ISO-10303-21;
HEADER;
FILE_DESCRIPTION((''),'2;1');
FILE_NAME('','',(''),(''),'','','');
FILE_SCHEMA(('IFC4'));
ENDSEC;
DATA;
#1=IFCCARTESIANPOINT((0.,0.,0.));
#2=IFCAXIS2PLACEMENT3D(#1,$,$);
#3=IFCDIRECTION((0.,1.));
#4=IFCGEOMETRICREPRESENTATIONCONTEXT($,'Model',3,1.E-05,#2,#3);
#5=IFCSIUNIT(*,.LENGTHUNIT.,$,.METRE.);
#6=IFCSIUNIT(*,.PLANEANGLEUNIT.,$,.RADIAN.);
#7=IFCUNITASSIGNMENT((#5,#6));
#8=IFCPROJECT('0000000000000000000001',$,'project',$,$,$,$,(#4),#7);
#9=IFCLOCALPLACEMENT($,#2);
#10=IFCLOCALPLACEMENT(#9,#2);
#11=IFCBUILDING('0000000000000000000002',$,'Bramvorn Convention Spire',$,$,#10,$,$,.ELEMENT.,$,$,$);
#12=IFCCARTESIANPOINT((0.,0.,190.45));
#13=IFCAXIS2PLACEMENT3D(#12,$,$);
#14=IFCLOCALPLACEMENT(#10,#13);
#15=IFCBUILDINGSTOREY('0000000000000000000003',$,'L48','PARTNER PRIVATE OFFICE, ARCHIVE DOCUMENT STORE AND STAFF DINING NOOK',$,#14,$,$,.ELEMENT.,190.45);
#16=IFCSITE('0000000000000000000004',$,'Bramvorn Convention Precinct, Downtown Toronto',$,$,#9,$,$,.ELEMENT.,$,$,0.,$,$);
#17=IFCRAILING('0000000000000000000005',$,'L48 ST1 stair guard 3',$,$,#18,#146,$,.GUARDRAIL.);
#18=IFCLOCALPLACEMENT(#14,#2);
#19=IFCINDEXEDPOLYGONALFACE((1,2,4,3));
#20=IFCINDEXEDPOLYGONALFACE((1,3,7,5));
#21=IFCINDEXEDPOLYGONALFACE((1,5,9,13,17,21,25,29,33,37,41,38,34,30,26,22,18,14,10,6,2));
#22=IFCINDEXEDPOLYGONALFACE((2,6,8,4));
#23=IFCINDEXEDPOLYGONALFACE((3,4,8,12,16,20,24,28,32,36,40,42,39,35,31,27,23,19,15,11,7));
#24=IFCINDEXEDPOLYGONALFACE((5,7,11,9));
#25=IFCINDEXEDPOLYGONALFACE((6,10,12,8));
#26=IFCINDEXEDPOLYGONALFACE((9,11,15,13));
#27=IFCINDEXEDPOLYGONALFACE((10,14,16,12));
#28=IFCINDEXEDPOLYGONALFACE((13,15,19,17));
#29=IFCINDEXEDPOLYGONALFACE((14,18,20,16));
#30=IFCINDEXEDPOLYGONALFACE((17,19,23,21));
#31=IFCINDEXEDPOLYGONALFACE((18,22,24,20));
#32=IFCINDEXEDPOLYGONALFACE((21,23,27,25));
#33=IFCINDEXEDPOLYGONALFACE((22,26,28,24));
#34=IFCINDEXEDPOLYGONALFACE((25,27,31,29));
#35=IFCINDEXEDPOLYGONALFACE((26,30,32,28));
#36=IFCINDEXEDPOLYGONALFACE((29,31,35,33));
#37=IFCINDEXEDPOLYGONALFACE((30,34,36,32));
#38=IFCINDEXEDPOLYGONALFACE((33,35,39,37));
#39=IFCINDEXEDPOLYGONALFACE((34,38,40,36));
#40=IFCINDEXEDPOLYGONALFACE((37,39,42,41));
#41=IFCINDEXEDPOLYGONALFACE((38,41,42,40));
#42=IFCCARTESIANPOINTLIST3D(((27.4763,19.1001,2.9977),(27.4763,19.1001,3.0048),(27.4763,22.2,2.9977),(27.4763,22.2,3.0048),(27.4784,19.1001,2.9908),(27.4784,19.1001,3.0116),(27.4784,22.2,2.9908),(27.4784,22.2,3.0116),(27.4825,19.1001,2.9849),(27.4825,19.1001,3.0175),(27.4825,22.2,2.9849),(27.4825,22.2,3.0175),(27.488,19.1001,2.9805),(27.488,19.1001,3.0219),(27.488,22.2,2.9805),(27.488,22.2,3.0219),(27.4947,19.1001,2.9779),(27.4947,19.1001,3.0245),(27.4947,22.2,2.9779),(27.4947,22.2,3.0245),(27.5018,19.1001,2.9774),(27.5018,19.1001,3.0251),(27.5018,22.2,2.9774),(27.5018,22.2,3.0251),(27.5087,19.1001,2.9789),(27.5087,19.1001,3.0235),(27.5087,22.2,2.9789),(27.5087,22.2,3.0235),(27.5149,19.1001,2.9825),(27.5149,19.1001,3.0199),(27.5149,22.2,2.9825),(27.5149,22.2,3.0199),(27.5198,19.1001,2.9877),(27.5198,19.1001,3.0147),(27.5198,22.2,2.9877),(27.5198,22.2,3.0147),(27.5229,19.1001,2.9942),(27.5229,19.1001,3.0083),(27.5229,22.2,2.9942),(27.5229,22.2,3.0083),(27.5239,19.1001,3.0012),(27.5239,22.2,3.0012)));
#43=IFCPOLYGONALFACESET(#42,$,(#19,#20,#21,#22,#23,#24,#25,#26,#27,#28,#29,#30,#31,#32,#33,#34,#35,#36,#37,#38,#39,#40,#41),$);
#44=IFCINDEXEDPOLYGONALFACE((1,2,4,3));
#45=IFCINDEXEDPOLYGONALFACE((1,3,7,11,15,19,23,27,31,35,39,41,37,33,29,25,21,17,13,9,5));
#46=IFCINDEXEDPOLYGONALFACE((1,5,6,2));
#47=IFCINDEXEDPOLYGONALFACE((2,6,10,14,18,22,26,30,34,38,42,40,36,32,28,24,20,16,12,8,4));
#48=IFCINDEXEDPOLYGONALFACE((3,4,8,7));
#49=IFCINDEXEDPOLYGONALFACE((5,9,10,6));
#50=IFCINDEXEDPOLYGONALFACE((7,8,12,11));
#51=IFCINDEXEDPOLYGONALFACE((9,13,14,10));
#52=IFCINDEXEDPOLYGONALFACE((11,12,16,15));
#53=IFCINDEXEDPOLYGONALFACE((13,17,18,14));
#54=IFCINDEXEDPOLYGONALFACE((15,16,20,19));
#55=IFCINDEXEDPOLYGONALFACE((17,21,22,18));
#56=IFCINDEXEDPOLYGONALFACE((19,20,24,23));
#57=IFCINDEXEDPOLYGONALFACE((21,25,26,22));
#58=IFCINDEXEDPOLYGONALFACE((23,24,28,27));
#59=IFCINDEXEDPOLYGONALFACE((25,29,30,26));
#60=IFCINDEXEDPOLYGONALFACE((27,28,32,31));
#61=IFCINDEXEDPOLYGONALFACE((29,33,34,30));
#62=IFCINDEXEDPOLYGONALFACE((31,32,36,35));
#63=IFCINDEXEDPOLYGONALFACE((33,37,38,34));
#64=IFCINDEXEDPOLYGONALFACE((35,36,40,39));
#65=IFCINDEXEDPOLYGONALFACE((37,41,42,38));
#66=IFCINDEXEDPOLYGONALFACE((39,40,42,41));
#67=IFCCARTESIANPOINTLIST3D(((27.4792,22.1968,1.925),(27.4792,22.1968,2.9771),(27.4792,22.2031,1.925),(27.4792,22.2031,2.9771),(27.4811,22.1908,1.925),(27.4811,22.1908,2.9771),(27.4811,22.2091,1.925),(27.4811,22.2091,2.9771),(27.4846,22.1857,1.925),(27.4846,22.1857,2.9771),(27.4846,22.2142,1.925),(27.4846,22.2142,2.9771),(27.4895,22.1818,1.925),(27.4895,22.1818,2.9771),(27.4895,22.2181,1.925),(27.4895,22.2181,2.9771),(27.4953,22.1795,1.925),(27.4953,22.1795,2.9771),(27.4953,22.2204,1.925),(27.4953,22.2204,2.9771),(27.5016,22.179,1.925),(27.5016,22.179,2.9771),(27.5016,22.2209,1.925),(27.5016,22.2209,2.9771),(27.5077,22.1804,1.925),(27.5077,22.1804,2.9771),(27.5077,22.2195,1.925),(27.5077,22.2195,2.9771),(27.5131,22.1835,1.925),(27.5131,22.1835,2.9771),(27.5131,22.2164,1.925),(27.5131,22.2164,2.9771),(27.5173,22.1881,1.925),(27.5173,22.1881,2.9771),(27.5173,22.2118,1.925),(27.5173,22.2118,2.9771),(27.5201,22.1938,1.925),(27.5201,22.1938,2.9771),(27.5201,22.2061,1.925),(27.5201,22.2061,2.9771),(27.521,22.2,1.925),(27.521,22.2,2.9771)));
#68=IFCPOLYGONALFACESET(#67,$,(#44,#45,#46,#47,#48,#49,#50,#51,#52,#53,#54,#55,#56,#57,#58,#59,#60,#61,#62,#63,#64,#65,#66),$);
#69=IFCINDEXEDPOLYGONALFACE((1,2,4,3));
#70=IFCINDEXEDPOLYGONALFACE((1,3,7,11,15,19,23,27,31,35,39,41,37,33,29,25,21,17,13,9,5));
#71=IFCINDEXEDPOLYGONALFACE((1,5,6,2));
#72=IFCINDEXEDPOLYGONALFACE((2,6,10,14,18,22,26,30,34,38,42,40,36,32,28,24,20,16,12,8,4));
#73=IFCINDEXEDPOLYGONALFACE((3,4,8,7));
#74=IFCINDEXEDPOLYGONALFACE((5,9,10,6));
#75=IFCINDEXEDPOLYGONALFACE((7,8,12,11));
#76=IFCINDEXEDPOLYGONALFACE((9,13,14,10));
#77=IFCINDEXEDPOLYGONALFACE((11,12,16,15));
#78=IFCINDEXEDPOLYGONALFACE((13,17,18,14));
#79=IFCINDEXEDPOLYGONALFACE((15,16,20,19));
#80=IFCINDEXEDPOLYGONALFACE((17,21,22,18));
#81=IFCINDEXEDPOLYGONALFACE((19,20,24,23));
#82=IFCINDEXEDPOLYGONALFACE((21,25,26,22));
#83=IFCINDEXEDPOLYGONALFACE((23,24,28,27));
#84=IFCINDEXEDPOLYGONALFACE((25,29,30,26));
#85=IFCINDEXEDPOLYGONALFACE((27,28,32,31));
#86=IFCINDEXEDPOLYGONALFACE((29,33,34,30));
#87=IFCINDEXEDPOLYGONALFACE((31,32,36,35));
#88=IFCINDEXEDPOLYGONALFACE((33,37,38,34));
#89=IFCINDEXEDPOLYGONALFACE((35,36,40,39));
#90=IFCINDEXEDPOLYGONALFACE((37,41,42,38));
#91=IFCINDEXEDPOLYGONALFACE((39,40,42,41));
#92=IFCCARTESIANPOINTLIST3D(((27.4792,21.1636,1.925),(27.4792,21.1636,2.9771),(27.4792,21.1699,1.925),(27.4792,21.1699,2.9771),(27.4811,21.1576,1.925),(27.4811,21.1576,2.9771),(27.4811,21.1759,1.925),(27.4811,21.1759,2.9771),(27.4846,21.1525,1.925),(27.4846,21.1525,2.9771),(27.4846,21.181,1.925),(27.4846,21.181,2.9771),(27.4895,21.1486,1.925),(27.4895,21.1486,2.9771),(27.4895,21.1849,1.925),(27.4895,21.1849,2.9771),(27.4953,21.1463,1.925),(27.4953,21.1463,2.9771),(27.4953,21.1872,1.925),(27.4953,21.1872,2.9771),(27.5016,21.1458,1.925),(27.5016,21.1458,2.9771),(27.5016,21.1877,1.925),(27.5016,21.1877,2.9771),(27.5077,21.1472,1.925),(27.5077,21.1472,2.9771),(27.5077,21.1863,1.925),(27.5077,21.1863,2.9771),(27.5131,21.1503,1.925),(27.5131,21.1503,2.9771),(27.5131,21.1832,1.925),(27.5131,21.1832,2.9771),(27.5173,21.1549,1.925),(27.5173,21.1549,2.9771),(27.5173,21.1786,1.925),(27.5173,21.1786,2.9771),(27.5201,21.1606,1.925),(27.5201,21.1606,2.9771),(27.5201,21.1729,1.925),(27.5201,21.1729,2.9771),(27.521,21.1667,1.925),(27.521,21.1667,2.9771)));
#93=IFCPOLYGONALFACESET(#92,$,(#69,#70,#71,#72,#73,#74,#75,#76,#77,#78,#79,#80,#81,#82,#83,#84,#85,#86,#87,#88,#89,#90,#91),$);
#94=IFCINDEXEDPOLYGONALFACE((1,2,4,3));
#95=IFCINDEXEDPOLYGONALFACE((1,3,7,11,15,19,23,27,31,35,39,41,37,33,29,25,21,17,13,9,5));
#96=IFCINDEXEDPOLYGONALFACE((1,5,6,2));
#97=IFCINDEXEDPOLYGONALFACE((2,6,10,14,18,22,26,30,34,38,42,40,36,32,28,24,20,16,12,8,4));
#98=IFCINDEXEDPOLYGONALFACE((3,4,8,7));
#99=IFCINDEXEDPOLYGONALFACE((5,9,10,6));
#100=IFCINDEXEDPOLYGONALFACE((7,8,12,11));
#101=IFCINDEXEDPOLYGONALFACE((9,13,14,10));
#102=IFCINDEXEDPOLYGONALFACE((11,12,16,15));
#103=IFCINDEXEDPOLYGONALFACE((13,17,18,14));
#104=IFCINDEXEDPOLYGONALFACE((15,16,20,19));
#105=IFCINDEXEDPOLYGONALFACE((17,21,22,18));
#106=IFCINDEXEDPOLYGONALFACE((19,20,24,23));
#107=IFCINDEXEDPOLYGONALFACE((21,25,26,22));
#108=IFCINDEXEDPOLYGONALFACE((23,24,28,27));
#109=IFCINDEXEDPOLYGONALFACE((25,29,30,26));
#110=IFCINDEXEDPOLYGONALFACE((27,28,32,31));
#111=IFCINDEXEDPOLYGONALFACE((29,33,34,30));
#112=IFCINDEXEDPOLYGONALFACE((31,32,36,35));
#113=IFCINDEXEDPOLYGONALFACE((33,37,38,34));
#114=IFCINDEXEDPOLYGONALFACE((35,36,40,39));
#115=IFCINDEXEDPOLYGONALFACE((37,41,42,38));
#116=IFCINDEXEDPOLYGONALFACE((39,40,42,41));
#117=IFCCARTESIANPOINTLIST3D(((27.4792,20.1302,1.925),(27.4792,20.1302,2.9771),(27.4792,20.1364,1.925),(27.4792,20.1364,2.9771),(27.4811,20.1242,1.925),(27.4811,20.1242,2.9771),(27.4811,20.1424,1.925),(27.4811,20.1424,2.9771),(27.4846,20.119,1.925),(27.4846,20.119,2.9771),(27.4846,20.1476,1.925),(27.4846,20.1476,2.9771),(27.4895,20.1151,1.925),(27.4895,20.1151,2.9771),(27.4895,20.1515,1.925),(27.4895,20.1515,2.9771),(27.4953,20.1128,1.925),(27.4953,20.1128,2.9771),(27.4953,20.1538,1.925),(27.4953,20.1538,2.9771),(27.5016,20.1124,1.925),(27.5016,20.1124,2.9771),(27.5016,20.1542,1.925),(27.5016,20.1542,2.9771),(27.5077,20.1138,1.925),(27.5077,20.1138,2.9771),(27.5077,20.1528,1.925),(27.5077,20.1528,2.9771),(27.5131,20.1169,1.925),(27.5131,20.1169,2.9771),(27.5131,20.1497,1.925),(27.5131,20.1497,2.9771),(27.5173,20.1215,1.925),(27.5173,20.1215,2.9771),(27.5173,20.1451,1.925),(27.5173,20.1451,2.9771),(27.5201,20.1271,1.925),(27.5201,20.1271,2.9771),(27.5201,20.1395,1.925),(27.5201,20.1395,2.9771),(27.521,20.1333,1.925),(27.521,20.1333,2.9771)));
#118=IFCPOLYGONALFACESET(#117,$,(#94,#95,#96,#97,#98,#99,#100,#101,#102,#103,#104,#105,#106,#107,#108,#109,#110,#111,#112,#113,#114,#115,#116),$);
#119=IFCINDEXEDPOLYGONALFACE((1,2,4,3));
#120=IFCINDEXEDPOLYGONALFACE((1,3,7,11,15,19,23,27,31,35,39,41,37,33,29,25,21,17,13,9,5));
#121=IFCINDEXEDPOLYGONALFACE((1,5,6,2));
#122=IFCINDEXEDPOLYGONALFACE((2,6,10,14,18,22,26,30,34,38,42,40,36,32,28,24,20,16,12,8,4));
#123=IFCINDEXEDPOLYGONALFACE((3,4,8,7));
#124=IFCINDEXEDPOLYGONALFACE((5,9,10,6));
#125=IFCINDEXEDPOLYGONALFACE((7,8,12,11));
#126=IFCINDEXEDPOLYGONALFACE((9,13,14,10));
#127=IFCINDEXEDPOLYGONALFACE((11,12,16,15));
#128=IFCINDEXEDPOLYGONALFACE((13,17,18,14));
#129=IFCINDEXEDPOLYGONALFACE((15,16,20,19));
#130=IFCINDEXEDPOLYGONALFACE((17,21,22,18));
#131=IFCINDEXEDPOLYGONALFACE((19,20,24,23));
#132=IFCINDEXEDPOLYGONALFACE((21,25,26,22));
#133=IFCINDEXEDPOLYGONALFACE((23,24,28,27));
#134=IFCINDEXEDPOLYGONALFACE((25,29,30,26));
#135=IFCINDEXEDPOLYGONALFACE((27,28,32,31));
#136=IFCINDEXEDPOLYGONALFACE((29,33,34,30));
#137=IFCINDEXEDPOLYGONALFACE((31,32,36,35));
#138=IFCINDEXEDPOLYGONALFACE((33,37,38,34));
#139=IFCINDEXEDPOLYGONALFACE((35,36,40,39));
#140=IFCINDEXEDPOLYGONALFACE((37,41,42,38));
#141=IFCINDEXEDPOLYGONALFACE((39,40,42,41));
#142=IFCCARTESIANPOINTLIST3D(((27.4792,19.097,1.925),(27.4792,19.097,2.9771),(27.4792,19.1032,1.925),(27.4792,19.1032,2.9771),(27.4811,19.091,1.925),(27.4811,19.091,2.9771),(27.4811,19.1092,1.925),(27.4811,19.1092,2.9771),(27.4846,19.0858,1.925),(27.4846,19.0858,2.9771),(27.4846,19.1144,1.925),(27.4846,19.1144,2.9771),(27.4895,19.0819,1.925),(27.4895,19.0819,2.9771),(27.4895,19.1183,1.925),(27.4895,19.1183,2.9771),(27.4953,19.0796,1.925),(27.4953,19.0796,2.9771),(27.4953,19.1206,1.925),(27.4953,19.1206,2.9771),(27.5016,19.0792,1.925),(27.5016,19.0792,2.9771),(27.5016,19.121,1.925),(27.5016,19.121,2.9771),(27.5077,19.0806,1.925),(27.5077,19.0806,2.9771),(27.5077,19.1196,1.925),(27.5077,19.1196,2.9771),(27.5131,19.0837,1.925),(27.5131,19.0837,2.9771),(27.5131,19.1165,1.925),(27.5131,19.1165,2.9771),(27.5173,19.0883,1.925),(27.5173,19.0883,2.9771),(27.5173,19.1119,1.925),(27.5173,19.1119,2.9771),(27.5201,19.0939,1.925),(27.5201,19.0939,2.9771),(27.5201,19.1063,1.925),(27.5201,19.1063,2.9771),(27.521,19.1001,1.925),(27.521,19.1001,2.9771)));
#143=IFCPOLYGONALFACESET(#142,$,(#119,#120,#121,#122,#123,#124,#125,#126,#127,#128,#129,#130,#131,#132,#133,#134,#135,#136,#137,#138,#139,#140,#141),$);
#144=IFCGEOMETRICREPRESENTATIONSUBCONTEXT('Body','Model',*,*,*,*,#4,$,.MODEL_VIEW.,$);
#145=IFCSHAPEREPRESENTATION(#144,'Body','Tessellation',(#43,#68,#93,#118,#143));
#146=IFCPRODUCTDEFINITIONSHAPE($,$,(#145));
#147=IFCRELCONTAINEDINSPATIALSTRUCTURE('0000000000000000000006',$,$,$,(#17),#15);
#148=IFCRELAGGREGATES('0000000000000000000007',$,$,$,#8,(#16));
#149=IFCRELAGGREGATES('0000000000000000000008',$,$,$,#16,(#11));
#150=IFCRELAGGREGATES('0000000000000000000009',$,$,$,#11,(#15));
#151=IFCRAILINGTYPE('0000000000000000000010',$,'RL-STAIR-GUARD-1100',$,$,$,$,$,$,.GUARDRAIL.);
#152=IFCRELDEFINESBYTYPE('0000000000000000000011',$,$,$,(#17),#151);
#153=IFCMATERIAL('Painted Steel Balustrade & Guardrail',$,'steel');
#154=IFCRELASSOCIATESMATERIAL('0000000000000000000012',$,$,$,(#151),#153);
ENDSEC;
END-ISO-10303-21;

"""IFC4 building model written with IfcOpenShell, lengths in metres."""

from ifc_helpers import new_model, si_unit, direction, frame, origin, origin_2d, place, context, subcontext, project, spatial, circle, extrude, material, type_object, element, save


model = new_model("IFC4")

# Units and contexts
model_context = context("Model", 3, precision=1e-05, world=origin(), true_north=direction((0.0, 1.0)))
body_context = subcontext(model_context, "Body", "Model", "MODEL_VIEW")
ifc_project = project(units=[si_unit("LENGTHUNIT", "METRE"), si_unit("PLANEANGLEUNIT", "RADIAN")], contexts=[model_context])

# Site, building, storey
site_placement = place(None, origin())
site = spatial("IfcSite", under=ifc_project, at=site_placement, Name="Bramvorn Convention Precinct, Downtown Toronto", CompositionType="ELEMENT", RefElevation=0.0)
building_placement = place(site_placement, origin())
building = spatial("IfcBuilding", under=site, at=building_placement, Name="Bramvorn Convention Spire", CompositionType="ELEMENT")
storey_placement = place(building_placement, frame((0.0, 0.0, 190.45)))
storey = spatial("IfcBuildingStorey", under=building, at=storey_placement, Name="L48", Description="PARTNER PRIVATE OFFICE, ARCHIVE DOCUMENT STORE AND STAFF DINING NOOK", CompositionType="ELEMENT", Elevation=190.45)

# Railing
ifc_material_1 = material(Name="Painted Steel Balustrade & Guardrail", Category="steel")
railing_type_1 = type_object("IfcRailingType", Name="RL-STAIR-GUARD-1100", PredefinedType="GUARDRAIL", material=ifc_material_1)
for number, where, name in (
    (1, (27.5, 22.2, 1.925), "L48 ST1 stair guard 3"),
):
    element("IfcRailing", number, at=place(storey_placement, frame(where)), inside=storey, type_object=railing_type_1, Name=name, PredefinedType="GUARDRAIL", context=body_context, shape_type="SweptSolid", body=[
        extrude(circle(Radius=0.0239, at=origin_2d()), frame((0.0, 0.0, 1.0762), z_axis=(0.0, -1.0, 0.0), x_axis=(1.0, 0.0, 0.0)), (0.0, 0.0, 1.0), 3.0999),
        extrude(circle(Radius=0.021, at=origin_2d()), origin(), (0.0, 0.0, 1.0), 1.052),
        extrude(circle(Radius=0.021, at=origin_2d()), frame((0.0, -1.0332, 0.0)), (0.0, 0.0, 1.0), 1.052),
        extrude(circle(Radius=0.021, at=origin_2d()), frame((0.0, -2.0667, 0.0)), (0.0, 0.0, 1.0), 1.052),
        extrude(circle(Radius=0.021, at=origin_2d()), frame((0.0, -3.0999, 0.0)), (0.0, 0.0, 1.0), 1.052),
    ])

save(model, "model.ifc")
